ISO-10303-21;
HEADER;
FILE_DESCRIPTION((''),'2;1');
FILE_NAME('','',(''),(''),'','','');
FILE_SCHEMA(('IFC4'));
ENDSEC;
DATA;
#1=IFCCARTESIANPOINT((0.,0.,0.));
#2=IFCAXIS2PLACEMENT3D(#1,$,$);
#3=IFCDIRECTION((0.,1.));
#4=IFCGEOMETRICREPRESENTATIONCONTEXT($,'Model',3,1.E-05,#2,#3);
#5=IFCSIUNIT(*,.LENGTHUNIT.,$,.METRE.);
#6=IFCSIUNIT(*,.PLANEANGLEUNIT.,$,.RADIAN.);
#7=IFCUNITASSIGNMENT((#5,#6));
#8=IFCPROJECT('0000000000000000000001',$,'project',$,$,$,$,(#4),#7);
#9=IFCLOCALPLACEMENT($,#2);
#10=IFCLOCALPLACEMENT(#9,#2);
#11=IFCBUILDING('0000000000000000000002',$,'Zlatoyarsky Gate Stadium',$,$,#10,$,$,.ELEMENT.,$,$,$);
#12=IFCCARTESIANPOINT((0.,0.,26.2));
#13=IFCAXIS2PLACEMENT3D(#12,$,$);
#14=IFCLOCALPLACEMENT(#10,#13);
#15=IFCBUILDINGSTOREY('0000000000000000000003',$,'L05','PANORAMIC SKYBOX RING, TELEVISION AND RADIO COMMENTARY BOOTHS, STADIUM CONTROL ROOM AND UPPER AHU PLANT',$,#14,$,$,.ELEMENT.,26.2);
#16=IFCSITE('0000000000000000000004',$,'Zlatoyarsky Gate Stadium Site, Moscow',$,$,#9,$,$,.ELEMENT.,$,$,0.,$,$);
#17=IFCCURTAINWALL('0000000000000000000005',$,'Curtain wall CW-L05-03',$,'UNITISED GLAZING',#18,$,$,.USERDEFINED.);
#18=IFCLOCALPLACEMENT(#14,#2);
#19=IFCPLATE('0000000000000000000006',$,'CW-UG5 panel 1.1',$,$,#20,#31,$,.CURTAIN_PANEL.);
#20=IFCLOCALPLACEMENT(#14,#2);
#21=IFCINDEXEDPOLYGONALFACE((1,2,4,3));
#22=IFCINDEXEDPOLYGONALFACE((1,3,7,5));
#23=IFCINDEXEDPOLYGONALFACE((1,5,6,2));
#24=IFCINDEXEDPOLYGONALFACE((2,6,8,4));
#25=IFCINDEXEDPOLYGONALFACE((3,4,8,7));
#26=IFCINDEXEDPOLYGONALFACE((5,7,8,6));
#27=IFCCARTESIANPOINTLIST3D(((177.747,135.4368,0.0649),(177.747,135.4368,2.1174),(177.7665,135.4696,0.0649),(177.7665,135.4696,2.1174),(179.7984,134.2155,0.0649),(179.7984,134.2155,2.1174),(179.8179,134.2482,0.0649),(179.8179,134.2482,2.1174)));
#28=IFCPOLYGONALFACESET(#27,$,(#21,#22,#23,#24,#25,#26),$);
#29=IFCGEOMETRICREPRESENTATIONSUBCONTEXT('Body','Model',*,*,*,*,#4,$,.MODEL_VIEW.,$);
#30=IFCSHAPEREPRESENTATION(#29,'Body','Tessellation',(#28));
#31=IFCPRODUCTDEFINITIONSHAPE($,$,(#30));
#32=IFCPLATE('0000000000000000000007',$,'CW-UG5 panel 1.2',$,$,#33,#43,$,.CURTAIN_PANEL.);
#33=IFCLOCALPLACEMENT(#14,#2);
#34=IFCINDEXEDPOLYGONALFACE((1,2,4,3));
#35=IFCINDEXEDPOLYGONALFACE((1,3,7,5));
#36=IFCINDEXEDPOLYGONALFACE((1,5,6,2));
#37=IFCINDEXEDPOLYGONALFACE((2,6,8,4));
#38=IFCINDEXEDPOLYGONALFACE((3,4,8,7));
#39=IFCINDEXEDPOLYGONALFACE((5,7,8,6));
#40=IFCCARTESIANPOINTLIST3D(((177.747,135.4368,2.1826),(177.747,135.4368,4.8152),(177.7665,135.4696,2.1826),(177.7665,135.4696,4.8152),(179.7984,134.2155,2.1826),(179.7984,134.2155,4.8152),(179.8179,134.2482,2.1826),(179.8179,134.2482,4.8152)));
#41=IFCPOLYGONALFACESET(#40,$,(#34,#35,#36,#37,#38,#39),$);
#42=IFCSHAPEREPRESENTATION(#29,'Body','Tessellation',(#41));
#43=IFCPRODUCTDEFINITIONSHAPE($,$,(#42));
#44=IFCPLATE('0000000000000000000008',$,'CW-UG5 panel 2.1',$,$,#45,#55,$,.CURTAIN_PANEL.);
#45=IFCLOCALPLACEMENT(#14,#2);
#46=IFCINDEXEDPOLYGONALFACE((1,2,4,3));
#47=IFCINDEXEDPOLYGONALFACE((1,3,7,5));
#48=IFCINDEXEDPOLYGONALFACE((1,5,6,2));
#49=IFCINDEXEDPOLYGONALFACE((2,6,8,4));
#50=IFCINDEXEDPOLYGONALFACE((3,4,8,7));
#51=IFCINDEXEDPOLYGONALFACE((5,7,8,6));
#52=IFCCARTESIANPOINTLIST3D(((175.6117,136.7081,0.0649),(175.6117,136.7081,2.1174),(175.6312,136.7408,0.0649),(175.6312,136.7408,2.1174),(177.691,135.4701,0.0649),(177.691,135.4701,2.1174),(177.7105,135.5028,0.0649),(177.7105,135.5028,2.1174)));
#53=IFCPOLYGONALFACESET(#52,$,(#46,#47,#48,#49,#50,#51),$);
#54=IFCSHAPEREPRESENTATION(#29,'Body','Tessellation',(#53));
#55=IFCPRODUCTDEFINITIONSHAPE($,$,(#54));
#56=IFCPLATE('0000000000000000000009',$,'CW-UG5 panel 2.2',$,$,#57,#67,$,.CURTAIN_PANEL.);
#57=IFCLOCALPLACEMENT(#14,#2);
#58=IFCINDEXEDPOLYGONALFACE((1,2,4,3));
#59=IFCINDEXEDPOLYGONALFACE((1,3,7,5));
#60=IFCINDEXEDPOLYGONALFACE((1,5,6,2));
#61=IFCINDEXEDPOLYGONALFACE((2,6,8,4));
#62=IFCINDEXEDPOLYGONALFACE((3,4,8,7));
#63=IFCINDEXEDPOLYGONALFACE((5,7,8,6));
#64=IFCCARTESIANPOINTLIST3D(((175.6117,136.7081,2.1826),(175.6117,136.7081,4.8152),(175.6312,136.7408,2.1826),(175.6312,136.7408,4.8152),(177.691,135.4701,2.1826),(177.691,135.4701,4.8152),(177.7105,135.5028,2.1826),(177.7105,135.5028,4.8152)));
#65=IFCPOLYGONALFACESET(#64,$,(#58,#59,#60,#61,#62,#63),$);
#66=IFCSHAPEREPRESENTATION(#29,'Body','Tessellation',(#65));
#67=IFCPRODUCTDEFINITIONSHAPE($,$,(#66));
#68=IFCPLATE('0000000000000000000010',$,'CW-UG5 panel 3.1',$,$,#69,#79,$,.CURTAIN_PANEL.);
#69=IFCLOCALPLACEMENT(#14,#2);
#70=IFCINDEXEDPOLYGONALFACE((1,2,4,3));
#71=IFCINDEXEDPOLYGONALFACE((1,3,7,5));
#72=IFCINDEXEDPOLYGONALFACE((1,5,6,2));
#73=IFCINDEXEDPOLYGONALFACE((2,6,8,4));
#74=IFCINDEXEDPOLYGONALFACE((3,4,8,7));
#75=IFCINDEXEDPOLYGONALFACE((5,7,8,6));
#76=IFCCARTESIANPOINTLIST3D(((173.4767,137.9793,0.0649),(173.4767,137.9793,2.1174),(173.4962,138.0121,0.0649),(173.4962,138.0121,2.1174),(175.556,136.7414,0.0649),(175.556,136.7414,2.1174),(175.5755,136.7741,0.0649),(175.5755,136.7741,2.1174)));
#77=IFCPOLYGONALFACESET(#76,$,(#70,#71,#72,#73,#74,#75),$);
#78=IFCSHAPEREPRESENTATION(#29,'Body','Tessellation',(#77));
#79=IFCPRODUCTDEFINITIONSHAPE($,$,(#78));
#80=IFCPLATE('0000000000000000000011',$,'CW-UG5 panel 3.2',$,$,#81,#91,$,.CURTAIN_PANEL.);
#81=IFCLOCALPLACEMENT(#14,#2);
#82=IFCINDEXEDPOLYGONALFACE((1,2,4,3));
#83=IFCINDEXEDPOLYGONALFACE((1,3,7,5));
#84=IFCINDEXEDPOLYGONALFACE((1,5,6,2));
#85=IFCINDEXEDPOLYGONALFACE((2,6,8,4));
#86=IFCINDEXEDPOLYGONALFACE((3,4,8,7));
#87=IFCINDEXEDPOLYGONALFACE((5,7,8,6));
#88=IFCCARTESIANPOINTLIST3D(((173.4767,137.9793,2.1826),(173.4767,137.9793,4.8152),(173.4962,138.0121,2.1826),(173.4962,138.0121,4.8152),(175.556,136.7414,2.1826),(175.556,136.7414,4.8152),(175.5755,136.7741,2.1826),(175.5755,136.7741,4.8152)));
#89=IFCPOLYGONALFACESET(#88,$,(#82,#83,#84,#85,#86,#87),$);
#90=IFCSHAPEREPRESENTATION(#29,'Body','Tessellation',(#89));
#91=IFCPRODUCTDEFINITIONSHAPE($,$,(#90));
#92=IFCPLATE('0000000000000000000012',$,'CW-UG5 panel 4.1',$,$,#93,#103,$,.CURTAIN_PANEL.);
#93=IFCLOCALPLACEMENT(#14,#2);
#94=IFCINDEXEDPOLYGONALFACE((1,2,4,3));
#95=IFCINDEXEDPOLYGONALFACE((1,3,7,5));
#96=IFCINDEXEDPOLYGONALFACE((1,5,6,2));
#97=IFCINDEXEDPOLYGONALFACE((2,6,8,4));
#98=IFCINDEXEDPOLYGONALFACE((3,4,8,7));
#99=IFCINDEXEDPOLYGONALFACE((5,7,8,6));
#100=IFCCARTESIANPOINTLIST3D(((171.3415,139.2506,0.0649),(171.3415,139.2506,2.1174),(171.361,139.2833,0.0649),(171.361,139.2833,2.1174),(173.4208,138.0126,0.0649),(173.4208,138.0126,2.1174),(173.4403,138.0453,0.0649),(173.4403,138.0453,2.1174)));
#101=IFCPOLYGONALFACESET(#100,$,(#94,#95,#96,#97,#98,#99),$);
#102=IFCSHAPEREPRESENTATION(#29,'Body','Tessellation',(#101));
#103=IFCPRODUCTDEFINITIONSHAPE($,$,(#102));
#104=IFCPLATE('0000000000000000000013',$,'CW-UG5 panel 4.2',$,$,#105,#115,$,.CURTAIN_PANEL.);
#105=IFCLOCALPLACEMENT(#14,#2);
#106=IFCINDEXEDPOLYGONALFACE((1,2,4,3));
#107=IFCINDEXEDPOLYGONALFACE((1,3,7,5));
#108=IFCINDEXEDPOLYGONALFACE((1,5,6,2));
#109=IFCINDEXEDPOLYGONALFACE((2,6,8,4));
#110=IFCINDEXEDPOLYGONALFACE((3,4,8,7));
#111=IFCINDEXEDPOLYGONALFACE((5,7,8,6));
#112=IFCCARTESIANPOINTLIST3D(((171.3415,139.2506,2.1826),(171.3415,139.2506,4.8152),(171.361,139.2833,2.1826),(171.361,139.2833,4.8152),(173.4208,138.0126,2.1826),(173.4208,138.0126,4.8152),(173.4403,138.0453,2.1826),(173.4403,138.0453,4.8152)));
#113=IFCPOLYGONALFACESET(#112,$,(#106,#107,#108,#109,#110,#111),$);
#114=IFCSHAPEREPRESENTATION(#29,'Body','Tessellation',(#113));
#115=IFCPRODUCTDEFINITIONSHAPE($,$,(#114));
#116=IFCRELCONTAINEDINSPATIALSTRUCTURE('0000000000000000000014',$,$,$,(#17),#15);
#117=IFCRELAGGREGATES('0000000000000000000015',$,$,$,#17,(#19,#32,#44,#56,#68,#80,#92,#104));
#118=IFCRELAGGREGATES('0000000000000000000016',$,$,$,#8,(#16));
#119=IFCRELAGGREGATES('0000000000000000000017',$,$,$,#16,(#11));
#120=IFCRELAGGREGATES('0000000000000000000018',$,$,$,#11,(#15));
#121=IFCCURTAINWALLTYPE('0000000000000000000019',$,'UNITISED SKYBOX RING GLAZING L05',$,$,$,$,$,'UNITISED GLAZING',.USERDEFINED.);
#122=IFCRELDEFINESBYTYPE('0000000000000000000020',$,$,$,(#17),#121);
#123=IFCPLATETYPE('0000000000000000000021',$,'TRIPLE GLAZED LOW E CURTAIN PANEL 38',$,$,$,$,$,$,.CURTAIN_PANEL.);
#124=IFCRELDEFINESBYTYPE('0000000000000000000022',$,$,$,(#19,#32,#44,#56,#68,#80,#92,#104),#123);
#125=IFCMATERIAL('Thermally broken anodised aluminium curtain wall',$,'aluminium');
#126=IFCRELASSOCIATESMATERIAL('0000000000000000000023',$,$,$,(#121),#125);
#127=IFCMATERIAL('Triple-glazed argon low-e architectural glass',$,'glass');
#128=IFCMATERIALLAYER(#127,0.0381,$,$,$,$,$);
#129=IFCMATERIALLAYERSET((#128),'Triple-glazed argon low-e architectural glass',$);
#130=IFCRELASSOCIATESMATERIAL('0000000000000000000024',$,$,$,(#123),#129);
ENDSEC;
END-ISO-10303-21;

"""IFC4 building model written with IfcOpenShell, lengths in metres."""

from ifc_helpers import new_model, si_unit, direction, frame, origin, origin_2d, place, context, subcontext, project, spatial, rectangle, extrude, material, layer, layer_set, type_object, element, aggregate, save


model = new_model("IFC4")

# Units and contexts
model_context = context("Model", 3, precision=1e-05, world=origin(), true_north=direction((0.0, 1.0)))
body_context = subcontext(model_context, "Body", "Model", "MODEL_VIEW")
ifc_project = project(units=[si_unit("LENGTHUNIT", "METRE"), si_unit("PLANEANGLEUNIT", "RADIAN")], contexts=[model_context])

# Site, building, storey
site_placement = place(None, origin())
site = spatial("IfcSite", under=ifc_project, at=site_placement, Name="Zlatoyarsky Gate Stadium Site, Moscow", CompositionType="ELEMENT", RefElevation=0.0)
building_placement = place(site_placement, origin())
building = spatial("IfcBuilding", under=site, at=building_placement, Name="Zlatoyarsky Gate Stadium", CompositionType="ELEMENT")
storey_placement = place(building_placement, frame((0.0, 0.0, 26.2)))
storey = spatial("IfcBuildingStorey", under=building, at=storey_placement, Name="L05", Description="PANORAMIC SKYBOX RING, TELEVISION AND RADIO COMMENTARY BOOTHS, STADIUM CONTROL ROOM AND UPPER AHU PLANT", CompositionType="ELEMENT", Elevation=26.2)

# Curtain wall
ifc_material_1 = material(Name="Thermally broken anodised aluminium curtain wall", Category="aluminium")
curtain_wall_type = type_object("IfcCurtainWallType", Name="UNITISED SKYBOX RING GLAZING L05", ElementType="UNITISED GLAZING", PredefinedType="USERDEFINED", material=ifc_material_1)
curtain_wall_placement = place(storey_placement, origin())
curtain_wall = element("IfcCurtainWall", 1, at=curtain_wall_placement, inside=storey, type_object=curtain_wall_type, Name="Curtain wall CW-L05-03", ObjectType="UNITISED GLAZING", PredefinedType="USERDEFINED")

# Plates
ifc_material_2 = material(Name="Triple-glazed argon low-e architectural glass", Category="glass")
ifc_layer_1 = layer(ifc_material_2, 0.0381)
ifc_layer_set_1 = layer_set([ifc_layer_1], Name="Triple-glazed argon low-e architectural glass")
plate_type_1 = type_object("IfcPlateType", Name="TRIPLE GLAZED LOW E CURTAIN PANEL 38", PredefinedType="CURTAIN_PANEL", material=ifc_layer_set_1)
plate_1_placement = place(storey_placement, frame((178.7825, 134.8425, 0.0649), z_axis=(0.0, 0.0, 1.0), x_axis=(-0.859237, 0.511577, 0.0)))
plate_1 = element("IfcPlate", 2, at=plate_1_placement, type_object=plate_type_1, Name="CW-UG5 panel 1.1", PredefinedType="CURTAIN_PANEL", context=body_context, shape_type="SweptSolid", body=[
    extrude(rectangle(XDim=2.3875, YDim=0.0381, at=origin_2d()), origin(), (0.0, 0.0, 1.0), 2.0525),
])
plate_2_placement = place(storey_placement, frame((178.7825, 134.8425, 2.1826), z_axis=(0.0, 0.0, 1.0), x_axis=(-0.859237, 0.511577, 0.0)))
plate_2 = element("IfcPlate", 3, at=plate_2_placement, type_object=plate_type_1, Name="CW-UG5 panel 1.2", PredefinedType="CURTAIN_PANEL", context=body_context, shape_type="SweptSolid", body=[
    extrude(rectangle(XDim=2.3875, YDim=0.0381, at=origin_2d()), origin(), (0.0, 0.0, 1.0), 2.6326),
])
plate_3_placement = place(storey_placement, frame((176.6611, 136.1055, 0.0649), z_axis=(0.0, 0.0, 1.0), x_axis=(-0.859237, 0.511577, 0.0)))
plate_3 = element("IfcPlate", 4, at=plate_3_placement, type_object=plate_type_1, Name="CW-UG5 panel 2.1", PredefinedType="CURTAIN_PANEL", context=body_context, shape_type="SweptSolid", body=[
    extrude(rectangle(XDim=2.4199, YDim=0.0381, at=origin_2d()), origin(), (0.0, 0.0, 1.0), 2.0525),
])
plate_4_placement = place(storey_placement, frame((176.6611, 136.1055, 2.1826), z_axis=(0.0, 0.0, 1.0), x_axis=(-0.859237, 0.511577, 0.0)))
plate_4 = element("IfcPlate", 5, at=plate_4_placement, type_object=plate_type_1, Name="CW-UG5 panel 2.2", PredefinedType="CURTAIN_PANEL", context=body_context, shape_type="SweptSolid", body=[
    extrude(rectangle(XDim=2.4199, YDim=0.0381, at=origin_2d()), origin(), (0.0, 0.0, 1.0), 2.6326),
])
plate_5_placement = place(storey_placement, frame((174.5261, 137.3767, 0.0649), z_axis=(0.0, 0.0, 1.0), x_axis=(-0.859237, 0.511577, 0.0)))
plate_5 = element("IfcPlate", 6, at=plate_5_placement, type_object=plate_type_1, Name="CW-UG5 panel 3.1", PredefinedType="CURTAIN_PANEL", context=body_context, shape_type="SweptSolid", body=[
    extrude(rectangle(XDim=2.4199, YDim=0.0381, at=origin_2d()), origin(), (0.0, 0.0, 1.0), 2.0525),
])
plate_6_placement = place(storey_placement, frame((174.5261, 137.3767, 2.1826), z_axis=(0.0, 0.0, 1.0), x_axis=(-0.859237, 0.511577, 0.0)))
plate_6 = element("IfcPlate", 7, at=plate_6_placement, type_object=plate_type_1, Name="CW-UG5 panel 3.2", PredefinedType="CURTAIN_PANEL", context=body_context, shape_type="SweptSolid", body=[
    extrude(rectangle(XDim=2.4199, YDim=0.0381, at=origin_2d()), origin(), (0.0, 0.0, 1.0), 2.6326),
])
plate_7_placement = place(storey_placement, frame((172.3909, 138.6479, 0.0649), z_axis=(0.0, 0.0, 1.0), x_axis=(-0.859237, 0.511577, 0.0)))
plate_7 = element("IfcPlate", 8, at=plate_7_placement, type_object=plate_type_1, Name="CW-UG5 panel 4.1", PredefinedType="CURTAIN_PANEL", context=body_context, shape_type="SweptSolid", body=[
    extrude(rectangle(XDim=2.4199, YDim=0.0381, at=origin_2d()), origin(), (0.0, 0.0, 1.0), 2.0525),
])
plate_8_placement = place(storey_placement, frame((172.3909, 138.6479, 2.1826), z_axis=(0.0, 0.0, 1.0), x_axis=(-0.859237, 0.511577, 0.0)))
plate_8 = element("IfcPlate", 9, at=plate_8_placement, type_object=plate_type_1, Name="CW-UG5 panel 4.2", PredefinedType="CURTAIN_PANEL", context=body_context, shape_type="SweptSolid", body=[
    extrude(rectangle(XDim=2.4199, YDim=0.0381, at=origin_2d()), origin(), (0.0, 0.0, 1.0), 2.6326),
])
aggregate(curtain_wall, [plate_1, plate_2, plate_3, plate_4, plate_5, plate_6, plate_7, plate_8])

save(model, "model.ifc")
